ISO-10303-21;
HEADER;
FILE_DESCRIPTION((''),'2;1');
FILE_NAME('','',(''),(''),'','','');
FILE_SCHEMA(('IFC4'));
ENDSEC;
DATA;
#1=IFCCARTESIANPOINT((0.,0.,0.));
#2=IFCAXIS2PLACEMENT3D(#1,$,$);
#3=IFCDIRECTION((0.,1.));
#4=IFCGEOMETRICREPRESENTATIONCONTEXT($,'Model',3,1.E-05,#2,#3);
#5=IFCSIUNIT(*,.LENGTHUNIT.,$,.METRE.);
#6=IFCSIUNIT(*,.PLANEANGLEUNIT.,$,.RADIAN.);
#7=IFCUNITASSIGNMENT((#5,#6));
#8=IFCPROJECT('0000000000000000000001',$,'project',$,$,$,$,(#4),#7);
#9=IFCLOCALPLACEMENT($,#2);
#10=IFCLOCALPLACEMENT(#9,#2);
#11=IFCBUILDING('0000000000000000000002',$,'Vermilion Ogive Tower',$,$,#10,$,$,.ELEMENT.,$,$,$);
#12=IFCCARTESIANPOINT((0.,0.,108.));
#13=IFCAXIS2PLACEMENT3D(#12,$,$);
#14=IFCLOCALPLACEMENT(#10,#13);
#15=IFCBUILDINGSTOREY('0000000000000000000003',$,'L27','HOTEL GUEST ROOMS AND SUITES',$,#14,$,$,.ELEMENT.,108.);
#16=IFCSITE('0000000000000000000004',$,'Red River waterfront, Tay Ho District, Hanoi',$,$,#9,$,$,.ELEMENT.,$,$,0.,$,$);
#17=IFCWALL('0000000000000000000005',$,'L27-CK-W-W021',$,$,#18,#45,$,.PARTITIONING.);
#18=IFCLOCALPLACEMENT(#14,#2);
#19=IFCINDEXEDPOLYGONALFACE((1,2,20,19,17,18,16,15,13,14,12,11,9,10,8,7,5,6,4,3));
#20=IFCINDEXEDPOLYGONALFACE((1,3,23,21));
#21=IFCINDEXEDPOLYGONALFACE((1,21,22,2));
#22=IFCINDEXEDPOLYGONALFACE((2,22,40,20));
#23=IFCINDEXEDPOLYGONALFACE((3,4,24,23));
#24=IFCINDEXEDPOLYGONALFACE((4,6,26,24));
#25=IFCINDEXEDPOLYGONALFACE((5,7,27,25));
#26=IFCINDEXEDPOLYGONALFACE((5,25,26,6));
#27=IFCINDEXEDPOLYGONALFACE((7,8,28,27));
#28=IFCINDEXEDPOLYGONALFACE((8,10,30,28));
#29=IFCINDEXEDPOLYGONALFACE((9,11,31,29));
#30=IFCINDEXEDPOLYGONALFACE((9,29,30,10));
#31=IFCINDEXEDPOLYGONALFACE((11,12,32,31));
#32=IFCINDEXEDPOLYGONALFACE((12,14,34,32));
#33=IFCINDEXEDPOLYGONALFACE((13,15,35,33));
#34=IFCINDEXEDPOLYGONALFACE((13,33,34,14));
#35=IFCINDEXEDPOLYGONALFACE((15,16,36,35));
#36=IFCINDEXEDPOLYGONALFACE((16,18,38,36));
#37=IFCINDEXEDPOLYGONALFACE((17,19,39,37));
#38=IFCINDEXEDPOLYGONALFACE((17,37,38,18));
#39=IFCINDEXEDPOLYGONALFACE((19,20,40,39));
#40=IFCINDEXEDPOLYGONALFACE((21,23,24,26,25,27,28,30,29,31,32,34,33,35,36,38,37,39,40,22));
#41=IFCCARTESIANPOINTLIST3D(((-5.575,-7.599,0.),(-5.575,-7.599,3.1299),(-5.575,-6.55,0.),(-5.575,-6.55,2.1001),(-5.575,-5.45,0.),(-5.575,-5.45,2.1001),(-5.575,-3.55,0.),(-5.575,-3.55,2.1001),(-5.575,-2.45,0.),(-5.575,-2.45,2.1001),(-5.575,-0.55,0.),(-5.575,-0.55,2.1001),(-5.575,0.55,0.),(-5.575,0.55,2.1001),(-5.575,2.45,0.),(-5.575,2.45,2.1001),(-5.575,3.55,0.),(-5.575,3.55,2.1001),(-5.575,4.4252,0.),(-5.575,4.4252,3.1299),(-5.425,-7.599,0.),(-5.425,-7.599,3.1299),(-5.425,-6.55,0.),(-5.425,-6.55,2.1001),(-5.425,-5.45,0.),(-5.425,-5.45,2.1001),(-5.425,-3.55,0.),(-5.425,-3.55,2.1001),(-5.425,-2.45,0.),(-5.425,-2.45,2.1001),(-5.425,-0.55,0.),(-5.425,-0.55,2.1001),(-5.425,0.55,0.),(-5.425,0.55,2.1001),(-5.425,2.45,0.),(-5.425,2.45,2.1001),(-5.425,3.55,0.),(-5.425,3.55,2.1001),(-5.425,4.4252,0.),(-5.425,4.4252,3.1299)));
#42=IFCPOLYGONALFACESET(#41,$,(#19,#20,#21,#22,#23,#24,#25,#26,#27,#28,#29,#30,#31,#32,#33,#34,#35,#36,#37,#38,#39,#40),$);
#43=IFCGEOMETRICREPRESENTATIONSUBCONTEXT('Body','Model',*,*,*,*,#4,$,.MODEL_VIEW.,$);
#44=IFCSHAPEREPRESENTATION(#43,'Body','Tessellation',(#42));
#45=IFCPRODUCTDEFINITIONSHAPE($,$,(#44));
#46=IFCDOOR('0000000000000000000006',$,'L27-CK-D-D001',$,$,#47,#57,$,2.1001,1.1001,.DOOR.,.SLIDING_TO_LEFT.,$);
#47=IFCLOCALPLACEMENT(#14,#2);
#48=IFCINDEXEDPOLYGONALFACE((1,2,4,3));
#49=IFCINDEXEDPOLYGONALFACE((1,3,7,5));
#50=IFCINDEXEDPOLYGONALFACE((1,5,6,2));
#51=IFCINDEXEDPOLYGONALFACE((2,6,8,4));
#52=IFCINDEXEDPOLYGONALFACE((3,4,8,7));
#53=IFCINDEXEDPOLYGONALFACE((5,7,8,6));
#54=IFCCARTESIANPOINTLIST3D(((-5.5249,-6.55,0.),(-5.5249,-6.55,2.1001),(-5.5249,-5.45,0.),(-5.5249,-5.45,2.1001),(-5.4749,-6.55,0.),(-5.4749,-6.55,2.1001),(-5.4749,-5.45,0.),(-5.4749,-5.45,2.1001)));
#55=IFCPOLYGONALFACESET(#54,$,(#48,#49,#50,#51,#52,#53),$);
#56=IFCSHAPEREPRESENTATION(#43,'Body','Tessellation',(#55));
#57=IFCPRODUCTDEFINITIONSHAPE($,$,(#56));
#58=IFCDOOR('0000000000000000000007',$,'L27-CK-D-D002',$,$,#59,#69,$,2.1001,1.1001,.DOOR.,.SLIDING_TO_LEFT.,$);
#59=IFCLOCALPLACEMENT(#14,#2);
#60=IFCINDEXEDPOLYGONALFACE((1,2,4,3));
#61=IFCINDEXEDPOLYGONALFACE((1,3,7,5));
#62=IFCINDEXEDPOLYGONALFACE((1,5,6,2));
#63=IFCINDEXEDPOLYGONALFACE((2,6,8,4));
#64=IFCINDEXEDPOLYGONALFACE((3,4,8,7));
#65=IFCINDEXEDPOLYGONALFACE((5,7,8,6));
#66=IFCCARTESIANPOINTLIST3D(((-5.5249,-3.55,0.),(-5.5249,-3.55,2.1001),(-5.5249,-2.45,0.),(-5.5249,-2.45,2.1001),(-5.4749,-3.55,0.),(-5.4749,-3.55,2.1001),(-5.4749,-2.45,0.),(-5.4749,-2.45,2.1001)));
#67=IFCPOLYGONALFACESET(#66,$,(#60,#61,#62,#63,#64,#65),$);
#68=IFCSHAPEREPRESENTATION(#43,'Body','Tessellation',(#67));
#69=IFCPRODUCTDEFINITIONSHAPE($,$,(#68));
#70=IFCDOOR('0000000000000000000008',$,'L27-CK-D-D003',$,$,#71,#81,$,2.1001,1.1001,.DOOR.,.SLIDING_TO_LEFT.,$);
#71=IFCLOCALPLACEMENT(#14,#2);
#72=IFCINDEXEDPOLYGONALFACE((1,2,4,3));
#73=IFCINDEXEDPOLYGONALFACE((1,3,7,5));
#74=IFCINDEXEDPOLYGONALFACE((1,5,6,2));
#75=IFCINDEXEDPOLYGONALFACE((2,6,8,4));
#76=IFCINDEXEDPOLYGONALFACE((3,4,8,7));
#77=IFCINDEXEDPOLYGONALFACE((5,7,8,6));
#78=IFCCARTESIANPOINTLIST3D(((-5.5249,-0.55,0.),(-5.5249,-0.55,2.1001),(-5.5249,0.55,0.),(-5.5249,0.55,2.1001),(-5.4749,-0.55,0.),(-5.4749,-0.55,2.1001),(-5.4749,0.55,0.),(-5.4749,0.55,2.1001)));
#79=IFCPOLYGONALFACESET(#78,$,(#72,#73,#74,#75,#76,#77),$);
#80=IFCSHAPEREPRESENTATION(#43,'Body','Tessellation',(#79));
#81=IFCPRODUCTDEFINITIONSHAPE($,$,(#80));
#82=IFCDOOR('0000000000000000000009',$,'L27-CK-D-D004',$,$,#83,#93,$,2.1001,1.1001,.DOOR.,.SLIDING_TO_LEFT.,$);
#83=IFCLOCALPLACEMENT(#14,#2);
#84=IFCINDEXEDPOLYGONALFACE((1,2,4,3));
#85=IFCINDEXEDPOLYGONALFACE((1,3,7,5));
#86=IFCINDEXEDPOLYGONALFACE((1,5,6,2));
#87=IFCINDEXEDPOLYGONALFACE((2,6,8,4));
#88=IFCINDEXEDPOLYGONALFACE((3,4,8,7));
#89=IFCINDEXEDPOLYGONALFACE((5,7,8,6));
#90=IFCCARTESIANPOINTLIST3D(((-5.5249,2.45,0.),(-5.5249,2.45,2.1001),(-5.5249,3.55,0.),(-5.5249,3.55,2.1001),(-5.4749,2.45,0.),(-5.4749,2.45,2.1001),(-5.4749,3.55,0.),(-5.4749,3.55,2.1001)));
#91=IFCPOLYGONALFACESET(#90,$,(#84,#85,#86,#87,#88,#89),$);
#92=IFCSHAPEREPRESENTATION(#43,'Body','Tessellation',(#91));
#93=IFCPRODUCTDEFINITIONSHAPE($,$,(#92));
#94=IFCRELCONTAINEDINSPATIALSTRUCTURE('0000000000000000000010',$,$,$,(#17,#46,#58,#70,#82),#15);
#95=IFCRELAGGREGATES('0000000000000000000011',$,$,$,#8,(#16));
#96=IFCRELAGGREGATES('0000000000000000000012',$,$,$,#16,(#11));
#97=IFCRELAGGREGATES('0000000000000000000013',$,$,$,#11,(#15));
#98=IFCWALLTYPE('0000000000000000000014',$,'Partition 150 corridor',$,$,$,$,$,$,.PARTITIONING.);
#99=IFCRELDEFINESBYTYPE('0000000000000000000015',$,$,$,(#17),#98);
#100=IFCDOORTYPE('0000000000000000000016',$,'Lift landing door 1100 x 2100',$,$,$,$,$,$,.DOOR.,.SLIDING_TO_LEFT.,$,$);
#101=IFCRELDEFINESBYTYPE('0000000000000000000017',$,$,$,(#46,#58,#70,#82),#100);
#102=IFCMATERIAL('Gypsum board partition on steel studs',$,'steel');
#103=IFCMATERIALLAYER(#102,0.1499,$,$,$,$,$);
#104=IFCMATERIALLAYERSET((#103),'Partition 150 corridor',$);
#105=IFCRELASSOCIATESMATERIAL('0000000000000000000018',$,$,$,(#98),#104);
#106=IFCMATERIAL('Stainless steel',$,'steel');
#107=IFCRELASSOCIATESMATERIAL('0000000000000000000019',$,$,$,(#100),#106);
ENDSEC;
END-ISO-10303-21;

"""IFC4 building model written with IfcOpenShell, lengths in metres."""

from ifc_helpers import new_model, si_unit, direction, frame, frame_2d, origin, place, context, subcontext, project, spatial, rectangle, extrude, material, layer, layer_set, type_object, element, fill, save


model = new_model("IFC4")

# Units and contexts
model_context = context("Model", 3, precision=1e-05, world=origin(), true_north=direction((0.0, 1.0)))
body_context = subcontext(model_context, "Body", "Model", "MODEL_VIEW")
ifc_project = project(units=[si_unit("LENGTHUNIT", "METRE"), si_unit("PLANEANGLEUNIT", "RADIAN")], contexts=[model_context])

# Site, building, storey
site_placement = place(None, origin())
site = spatial("IfcSite", under=ifc_project, at=site_placement, Name="Red River waterfront, Tay Ho District, Hanoi", CompositionType="ELEMENT", RefElevation=0.0)
building_placement = place(site_placement, origin())
building = spatial("IfcBuilding", under=site, at=building_placement, Name="Vermilion Ogive Tower", CompositionType="ELEMENT")
storey_placement = place(building_placement, frame((0.0, 0.0, 108.0)))
storey = spatial("IfcBuildingStorey", under=building, at=storey_placement, Name="L27", Description="HOTEL GUEST ROOMS AND SUITES", CompositionType="ELEMENT", Elevation=108.0)

# Wall, openings, doors
ifc_material_1 = material(Name="Gypsum board partition on steel studs", Category="steel")
ifc_layer_1 = layer(ifc_material_1, 0.1499)
ifc_layer_set_1 = layer_set([ifc_layer_1], Name="Partition 150 corridor")
wall_type_1 = type_object("IfcWallType", Name="Partition 150 corridor", PredefinedType="PARTITIONING", material=ifc_layer_set_1)
wall_1_placement = place(storey_placement, frame((-5.5, -7.5991, 0.0), z_axis=(0.0, 0.0, 1.0), x_axis=(0.0, 1.0, 0.0)))
wall_1 = element("IfcWall", 1, at=wall_1_placement, inside=storey, type_object=wall_type_1, Name="L27-CK-W-W021", PredefinedType="PARTITIONING", context=body_context, shape_type="SweptSolid", body=[
    extrude(rectangle(XDim=12.0242, YDim=0.1499, at=frame_2d((6.0122, 0.0))), origin(), (0.0, 0.0, 1.0), 3.1299),
])
opening_1_placement = place(wall_1_placement, frame((1.0491, 0.0, 0.0)))
opening_1 = element("IfcOpeningElement", 2, at=opening_1_placement, cuts=wall_1, PredefinedType="OPENING", context=body_context, shape_type="SweptSolid", body=[
    extrude(rectangle(XDim=1.1001, YDim=2.1001, at=frame_2d((0.55, 1.05))), frame((0.0, 0.085, 0.0), z_axis=(0.0, -1.0, 0.0), x_axis=(1.0, 0.0, 0.0)), (0.0, 0.0, 1.0), 0.1699),
])
opening_2_placement = place(wall_1_placement, frame((4.0491, 0.0, 0.0)))
opening_2 = element("IfcOpeningElement", 3, at=opening_2_placement, cuts=wall_1, PredefinedType="OPENING", context=body_context, shape_type="SweptSolid", body=[
    extrude(rectangle(XDim=1.1001, YDim=2.1001, at=frame_2d((0.55, 1.05))), frame((0.0, 0.085, 0.0), z_axis=(0.0, -1.0, 0.0), x_axis=(1.0, 0.0, 0.0)), (0.0, 0.0, 1.0), 0.1699),
])
opening_3_placement = place(wall_1_placement, frame((7.0491, 0.0, 0.0)))
opening_3 = element("IfcOpeningElement", 4, at=opening_3_placement, cuts=wall_1, PredefinedType="OPENING", context=body_context, shape_type="SweptSolid", body=[
    extrude(rectangle(XDim=1.1001, YDim=2.1001, at=frame_2d((0.55, 1.05))), frame((0.0, 0.085, 0.0), z_axis=(0.0, -1.0, 0.0), x_axis=(1.0, 0.0, 0.0)), (0.0, 0.0, 1.0), 0.1699),
])
opening_4_placement = place(wall_1_placement, frame((10.0491, 0.0, 0.0)))
opening_4 = element("IfcOpeningElement", 5, at=opening_4_placement, cuts=wall_1, PredefinedType="OPENING", context=body_context, shape_type="SweptSolid", body=[
    extrude(rectangle(XDim=1.1001, YDim=2.1001, at=frame_2d((0.55, 1.05))), frame((0.0, 0.085, 0.0), z_axis=(0.0, -1.0, 0.0), x_axis=(1.0, 0.0, 0.0)), (0.0, 0.0, 1.0), 0.1699),
])
ifc_material_2 = material(Name="Stainless steel", Category="steel")
door_type_1 = type_object("IfcDoorType", Name="Lift landing door 1100 x 2100", OperationType="SLIDING_TO_LEFT", PredefinedType="DOOR", material=ifc_material_2)
door_1_placement = place(opening_1_placement, origin())
door_1 = element("IfcDoor", 6, at=door_1_placement, inside=storey, type_object=door_type_1, Name="L27-CK-D-D001", OperationType="SLIDING_TO_LEFT", OverallHeight=2.1001, OverallWidth=1.1001, PredefinedType="DOOR", context=body_context, shape_type="SweptSolid", body=[
    extrude(rectangle(XDim=1.1001, YDim=2.1001, at=frame_2d((0.55, 1.05))), frame((0.0, 0.0249, 0.0), z_axis=(0.0, -1.0, 0.0), x_axis=(1.0, 0.0, 0.0)), (0.0, 0.0, 1.0), 0.05),
])
fill(opening_1, door_1)
door_2_placement = place(opening_2_placement, origin())
door_2 = element("IfcDoor", 7, at=door_2_placement, inside=storey, type_object=door_type_1, Name="L27-CK-D-D002", OperationType="SLIDING_TO_LEFT", OverallHeight=2.1001, OverallWidth=1.1001, PredefinedType="DOOR", context=body_context, shape_type="SweptSolid", body=[
    extrude(rectangle(XDim=1.1001, YDim=2.1001, at=frame_2d((0.55, 1.05))), frame((0.0, 0.0249, 0.0), z_axis=(0.0, -1.0, 0.0), x_axis=(1.0, 0.0, 0.0)), (0.0, 0.0, 1.0), 0.05),
])
fill(opening_2, door_2)
door_3_placement = place(opening_3_placement, origin())
door_3 = element("IfcDoor", 8, at=door_3_placement, inside=storey, type_object=door_type_1, Name="L27-CK-D-D003", OperationType="SLIDING_TO_LEFT", OverallHeight=2.1001, OverallWidth=1.1001, PredefinedType="DOOR", context=body_context, shape_type="SweptSolid", body=[
    extrude(rectangle(XDim=1.1001, YDim=2.1001, at=frame_2d((0.55, 1.05))), frame((0.0, 0.0249, 0.0), z_axis=(0.0, -1.0, 0.0), x_axis=(1.0, 0.0, 0.0)), (0.0, 0.0, 1.0), 0.05),
])
fill(opening_3, door_3)
door_4_placement = place(opening_4_placement, origin())
door_4 = element("IfcDoor", 9, at=door_4_placement, inside=storey, type_object=door_type_1, Name="L27-CK-D-D004", OperationType="SLIDING_TO_LEFT", OverallHeight=2.1001, OverallWidth=1.1001, PredefinedType="DOOR", context=body_context, shape_type="SweptSolid", body=[
    extrude(rectangle(XDim=1.1001, YDim=2.1001, at=frame_2d((0.55, 1.05))), frame((0.0, 0.0249, 0.0), z_axis=(0.0, -1.0, 0.0), x_axis=(1.0, 0.0, 0.0)), (0.0, 0.0, 1.0), 0.05),
])
fill(opening_4, door_4)

save(model, "model.ifc")
